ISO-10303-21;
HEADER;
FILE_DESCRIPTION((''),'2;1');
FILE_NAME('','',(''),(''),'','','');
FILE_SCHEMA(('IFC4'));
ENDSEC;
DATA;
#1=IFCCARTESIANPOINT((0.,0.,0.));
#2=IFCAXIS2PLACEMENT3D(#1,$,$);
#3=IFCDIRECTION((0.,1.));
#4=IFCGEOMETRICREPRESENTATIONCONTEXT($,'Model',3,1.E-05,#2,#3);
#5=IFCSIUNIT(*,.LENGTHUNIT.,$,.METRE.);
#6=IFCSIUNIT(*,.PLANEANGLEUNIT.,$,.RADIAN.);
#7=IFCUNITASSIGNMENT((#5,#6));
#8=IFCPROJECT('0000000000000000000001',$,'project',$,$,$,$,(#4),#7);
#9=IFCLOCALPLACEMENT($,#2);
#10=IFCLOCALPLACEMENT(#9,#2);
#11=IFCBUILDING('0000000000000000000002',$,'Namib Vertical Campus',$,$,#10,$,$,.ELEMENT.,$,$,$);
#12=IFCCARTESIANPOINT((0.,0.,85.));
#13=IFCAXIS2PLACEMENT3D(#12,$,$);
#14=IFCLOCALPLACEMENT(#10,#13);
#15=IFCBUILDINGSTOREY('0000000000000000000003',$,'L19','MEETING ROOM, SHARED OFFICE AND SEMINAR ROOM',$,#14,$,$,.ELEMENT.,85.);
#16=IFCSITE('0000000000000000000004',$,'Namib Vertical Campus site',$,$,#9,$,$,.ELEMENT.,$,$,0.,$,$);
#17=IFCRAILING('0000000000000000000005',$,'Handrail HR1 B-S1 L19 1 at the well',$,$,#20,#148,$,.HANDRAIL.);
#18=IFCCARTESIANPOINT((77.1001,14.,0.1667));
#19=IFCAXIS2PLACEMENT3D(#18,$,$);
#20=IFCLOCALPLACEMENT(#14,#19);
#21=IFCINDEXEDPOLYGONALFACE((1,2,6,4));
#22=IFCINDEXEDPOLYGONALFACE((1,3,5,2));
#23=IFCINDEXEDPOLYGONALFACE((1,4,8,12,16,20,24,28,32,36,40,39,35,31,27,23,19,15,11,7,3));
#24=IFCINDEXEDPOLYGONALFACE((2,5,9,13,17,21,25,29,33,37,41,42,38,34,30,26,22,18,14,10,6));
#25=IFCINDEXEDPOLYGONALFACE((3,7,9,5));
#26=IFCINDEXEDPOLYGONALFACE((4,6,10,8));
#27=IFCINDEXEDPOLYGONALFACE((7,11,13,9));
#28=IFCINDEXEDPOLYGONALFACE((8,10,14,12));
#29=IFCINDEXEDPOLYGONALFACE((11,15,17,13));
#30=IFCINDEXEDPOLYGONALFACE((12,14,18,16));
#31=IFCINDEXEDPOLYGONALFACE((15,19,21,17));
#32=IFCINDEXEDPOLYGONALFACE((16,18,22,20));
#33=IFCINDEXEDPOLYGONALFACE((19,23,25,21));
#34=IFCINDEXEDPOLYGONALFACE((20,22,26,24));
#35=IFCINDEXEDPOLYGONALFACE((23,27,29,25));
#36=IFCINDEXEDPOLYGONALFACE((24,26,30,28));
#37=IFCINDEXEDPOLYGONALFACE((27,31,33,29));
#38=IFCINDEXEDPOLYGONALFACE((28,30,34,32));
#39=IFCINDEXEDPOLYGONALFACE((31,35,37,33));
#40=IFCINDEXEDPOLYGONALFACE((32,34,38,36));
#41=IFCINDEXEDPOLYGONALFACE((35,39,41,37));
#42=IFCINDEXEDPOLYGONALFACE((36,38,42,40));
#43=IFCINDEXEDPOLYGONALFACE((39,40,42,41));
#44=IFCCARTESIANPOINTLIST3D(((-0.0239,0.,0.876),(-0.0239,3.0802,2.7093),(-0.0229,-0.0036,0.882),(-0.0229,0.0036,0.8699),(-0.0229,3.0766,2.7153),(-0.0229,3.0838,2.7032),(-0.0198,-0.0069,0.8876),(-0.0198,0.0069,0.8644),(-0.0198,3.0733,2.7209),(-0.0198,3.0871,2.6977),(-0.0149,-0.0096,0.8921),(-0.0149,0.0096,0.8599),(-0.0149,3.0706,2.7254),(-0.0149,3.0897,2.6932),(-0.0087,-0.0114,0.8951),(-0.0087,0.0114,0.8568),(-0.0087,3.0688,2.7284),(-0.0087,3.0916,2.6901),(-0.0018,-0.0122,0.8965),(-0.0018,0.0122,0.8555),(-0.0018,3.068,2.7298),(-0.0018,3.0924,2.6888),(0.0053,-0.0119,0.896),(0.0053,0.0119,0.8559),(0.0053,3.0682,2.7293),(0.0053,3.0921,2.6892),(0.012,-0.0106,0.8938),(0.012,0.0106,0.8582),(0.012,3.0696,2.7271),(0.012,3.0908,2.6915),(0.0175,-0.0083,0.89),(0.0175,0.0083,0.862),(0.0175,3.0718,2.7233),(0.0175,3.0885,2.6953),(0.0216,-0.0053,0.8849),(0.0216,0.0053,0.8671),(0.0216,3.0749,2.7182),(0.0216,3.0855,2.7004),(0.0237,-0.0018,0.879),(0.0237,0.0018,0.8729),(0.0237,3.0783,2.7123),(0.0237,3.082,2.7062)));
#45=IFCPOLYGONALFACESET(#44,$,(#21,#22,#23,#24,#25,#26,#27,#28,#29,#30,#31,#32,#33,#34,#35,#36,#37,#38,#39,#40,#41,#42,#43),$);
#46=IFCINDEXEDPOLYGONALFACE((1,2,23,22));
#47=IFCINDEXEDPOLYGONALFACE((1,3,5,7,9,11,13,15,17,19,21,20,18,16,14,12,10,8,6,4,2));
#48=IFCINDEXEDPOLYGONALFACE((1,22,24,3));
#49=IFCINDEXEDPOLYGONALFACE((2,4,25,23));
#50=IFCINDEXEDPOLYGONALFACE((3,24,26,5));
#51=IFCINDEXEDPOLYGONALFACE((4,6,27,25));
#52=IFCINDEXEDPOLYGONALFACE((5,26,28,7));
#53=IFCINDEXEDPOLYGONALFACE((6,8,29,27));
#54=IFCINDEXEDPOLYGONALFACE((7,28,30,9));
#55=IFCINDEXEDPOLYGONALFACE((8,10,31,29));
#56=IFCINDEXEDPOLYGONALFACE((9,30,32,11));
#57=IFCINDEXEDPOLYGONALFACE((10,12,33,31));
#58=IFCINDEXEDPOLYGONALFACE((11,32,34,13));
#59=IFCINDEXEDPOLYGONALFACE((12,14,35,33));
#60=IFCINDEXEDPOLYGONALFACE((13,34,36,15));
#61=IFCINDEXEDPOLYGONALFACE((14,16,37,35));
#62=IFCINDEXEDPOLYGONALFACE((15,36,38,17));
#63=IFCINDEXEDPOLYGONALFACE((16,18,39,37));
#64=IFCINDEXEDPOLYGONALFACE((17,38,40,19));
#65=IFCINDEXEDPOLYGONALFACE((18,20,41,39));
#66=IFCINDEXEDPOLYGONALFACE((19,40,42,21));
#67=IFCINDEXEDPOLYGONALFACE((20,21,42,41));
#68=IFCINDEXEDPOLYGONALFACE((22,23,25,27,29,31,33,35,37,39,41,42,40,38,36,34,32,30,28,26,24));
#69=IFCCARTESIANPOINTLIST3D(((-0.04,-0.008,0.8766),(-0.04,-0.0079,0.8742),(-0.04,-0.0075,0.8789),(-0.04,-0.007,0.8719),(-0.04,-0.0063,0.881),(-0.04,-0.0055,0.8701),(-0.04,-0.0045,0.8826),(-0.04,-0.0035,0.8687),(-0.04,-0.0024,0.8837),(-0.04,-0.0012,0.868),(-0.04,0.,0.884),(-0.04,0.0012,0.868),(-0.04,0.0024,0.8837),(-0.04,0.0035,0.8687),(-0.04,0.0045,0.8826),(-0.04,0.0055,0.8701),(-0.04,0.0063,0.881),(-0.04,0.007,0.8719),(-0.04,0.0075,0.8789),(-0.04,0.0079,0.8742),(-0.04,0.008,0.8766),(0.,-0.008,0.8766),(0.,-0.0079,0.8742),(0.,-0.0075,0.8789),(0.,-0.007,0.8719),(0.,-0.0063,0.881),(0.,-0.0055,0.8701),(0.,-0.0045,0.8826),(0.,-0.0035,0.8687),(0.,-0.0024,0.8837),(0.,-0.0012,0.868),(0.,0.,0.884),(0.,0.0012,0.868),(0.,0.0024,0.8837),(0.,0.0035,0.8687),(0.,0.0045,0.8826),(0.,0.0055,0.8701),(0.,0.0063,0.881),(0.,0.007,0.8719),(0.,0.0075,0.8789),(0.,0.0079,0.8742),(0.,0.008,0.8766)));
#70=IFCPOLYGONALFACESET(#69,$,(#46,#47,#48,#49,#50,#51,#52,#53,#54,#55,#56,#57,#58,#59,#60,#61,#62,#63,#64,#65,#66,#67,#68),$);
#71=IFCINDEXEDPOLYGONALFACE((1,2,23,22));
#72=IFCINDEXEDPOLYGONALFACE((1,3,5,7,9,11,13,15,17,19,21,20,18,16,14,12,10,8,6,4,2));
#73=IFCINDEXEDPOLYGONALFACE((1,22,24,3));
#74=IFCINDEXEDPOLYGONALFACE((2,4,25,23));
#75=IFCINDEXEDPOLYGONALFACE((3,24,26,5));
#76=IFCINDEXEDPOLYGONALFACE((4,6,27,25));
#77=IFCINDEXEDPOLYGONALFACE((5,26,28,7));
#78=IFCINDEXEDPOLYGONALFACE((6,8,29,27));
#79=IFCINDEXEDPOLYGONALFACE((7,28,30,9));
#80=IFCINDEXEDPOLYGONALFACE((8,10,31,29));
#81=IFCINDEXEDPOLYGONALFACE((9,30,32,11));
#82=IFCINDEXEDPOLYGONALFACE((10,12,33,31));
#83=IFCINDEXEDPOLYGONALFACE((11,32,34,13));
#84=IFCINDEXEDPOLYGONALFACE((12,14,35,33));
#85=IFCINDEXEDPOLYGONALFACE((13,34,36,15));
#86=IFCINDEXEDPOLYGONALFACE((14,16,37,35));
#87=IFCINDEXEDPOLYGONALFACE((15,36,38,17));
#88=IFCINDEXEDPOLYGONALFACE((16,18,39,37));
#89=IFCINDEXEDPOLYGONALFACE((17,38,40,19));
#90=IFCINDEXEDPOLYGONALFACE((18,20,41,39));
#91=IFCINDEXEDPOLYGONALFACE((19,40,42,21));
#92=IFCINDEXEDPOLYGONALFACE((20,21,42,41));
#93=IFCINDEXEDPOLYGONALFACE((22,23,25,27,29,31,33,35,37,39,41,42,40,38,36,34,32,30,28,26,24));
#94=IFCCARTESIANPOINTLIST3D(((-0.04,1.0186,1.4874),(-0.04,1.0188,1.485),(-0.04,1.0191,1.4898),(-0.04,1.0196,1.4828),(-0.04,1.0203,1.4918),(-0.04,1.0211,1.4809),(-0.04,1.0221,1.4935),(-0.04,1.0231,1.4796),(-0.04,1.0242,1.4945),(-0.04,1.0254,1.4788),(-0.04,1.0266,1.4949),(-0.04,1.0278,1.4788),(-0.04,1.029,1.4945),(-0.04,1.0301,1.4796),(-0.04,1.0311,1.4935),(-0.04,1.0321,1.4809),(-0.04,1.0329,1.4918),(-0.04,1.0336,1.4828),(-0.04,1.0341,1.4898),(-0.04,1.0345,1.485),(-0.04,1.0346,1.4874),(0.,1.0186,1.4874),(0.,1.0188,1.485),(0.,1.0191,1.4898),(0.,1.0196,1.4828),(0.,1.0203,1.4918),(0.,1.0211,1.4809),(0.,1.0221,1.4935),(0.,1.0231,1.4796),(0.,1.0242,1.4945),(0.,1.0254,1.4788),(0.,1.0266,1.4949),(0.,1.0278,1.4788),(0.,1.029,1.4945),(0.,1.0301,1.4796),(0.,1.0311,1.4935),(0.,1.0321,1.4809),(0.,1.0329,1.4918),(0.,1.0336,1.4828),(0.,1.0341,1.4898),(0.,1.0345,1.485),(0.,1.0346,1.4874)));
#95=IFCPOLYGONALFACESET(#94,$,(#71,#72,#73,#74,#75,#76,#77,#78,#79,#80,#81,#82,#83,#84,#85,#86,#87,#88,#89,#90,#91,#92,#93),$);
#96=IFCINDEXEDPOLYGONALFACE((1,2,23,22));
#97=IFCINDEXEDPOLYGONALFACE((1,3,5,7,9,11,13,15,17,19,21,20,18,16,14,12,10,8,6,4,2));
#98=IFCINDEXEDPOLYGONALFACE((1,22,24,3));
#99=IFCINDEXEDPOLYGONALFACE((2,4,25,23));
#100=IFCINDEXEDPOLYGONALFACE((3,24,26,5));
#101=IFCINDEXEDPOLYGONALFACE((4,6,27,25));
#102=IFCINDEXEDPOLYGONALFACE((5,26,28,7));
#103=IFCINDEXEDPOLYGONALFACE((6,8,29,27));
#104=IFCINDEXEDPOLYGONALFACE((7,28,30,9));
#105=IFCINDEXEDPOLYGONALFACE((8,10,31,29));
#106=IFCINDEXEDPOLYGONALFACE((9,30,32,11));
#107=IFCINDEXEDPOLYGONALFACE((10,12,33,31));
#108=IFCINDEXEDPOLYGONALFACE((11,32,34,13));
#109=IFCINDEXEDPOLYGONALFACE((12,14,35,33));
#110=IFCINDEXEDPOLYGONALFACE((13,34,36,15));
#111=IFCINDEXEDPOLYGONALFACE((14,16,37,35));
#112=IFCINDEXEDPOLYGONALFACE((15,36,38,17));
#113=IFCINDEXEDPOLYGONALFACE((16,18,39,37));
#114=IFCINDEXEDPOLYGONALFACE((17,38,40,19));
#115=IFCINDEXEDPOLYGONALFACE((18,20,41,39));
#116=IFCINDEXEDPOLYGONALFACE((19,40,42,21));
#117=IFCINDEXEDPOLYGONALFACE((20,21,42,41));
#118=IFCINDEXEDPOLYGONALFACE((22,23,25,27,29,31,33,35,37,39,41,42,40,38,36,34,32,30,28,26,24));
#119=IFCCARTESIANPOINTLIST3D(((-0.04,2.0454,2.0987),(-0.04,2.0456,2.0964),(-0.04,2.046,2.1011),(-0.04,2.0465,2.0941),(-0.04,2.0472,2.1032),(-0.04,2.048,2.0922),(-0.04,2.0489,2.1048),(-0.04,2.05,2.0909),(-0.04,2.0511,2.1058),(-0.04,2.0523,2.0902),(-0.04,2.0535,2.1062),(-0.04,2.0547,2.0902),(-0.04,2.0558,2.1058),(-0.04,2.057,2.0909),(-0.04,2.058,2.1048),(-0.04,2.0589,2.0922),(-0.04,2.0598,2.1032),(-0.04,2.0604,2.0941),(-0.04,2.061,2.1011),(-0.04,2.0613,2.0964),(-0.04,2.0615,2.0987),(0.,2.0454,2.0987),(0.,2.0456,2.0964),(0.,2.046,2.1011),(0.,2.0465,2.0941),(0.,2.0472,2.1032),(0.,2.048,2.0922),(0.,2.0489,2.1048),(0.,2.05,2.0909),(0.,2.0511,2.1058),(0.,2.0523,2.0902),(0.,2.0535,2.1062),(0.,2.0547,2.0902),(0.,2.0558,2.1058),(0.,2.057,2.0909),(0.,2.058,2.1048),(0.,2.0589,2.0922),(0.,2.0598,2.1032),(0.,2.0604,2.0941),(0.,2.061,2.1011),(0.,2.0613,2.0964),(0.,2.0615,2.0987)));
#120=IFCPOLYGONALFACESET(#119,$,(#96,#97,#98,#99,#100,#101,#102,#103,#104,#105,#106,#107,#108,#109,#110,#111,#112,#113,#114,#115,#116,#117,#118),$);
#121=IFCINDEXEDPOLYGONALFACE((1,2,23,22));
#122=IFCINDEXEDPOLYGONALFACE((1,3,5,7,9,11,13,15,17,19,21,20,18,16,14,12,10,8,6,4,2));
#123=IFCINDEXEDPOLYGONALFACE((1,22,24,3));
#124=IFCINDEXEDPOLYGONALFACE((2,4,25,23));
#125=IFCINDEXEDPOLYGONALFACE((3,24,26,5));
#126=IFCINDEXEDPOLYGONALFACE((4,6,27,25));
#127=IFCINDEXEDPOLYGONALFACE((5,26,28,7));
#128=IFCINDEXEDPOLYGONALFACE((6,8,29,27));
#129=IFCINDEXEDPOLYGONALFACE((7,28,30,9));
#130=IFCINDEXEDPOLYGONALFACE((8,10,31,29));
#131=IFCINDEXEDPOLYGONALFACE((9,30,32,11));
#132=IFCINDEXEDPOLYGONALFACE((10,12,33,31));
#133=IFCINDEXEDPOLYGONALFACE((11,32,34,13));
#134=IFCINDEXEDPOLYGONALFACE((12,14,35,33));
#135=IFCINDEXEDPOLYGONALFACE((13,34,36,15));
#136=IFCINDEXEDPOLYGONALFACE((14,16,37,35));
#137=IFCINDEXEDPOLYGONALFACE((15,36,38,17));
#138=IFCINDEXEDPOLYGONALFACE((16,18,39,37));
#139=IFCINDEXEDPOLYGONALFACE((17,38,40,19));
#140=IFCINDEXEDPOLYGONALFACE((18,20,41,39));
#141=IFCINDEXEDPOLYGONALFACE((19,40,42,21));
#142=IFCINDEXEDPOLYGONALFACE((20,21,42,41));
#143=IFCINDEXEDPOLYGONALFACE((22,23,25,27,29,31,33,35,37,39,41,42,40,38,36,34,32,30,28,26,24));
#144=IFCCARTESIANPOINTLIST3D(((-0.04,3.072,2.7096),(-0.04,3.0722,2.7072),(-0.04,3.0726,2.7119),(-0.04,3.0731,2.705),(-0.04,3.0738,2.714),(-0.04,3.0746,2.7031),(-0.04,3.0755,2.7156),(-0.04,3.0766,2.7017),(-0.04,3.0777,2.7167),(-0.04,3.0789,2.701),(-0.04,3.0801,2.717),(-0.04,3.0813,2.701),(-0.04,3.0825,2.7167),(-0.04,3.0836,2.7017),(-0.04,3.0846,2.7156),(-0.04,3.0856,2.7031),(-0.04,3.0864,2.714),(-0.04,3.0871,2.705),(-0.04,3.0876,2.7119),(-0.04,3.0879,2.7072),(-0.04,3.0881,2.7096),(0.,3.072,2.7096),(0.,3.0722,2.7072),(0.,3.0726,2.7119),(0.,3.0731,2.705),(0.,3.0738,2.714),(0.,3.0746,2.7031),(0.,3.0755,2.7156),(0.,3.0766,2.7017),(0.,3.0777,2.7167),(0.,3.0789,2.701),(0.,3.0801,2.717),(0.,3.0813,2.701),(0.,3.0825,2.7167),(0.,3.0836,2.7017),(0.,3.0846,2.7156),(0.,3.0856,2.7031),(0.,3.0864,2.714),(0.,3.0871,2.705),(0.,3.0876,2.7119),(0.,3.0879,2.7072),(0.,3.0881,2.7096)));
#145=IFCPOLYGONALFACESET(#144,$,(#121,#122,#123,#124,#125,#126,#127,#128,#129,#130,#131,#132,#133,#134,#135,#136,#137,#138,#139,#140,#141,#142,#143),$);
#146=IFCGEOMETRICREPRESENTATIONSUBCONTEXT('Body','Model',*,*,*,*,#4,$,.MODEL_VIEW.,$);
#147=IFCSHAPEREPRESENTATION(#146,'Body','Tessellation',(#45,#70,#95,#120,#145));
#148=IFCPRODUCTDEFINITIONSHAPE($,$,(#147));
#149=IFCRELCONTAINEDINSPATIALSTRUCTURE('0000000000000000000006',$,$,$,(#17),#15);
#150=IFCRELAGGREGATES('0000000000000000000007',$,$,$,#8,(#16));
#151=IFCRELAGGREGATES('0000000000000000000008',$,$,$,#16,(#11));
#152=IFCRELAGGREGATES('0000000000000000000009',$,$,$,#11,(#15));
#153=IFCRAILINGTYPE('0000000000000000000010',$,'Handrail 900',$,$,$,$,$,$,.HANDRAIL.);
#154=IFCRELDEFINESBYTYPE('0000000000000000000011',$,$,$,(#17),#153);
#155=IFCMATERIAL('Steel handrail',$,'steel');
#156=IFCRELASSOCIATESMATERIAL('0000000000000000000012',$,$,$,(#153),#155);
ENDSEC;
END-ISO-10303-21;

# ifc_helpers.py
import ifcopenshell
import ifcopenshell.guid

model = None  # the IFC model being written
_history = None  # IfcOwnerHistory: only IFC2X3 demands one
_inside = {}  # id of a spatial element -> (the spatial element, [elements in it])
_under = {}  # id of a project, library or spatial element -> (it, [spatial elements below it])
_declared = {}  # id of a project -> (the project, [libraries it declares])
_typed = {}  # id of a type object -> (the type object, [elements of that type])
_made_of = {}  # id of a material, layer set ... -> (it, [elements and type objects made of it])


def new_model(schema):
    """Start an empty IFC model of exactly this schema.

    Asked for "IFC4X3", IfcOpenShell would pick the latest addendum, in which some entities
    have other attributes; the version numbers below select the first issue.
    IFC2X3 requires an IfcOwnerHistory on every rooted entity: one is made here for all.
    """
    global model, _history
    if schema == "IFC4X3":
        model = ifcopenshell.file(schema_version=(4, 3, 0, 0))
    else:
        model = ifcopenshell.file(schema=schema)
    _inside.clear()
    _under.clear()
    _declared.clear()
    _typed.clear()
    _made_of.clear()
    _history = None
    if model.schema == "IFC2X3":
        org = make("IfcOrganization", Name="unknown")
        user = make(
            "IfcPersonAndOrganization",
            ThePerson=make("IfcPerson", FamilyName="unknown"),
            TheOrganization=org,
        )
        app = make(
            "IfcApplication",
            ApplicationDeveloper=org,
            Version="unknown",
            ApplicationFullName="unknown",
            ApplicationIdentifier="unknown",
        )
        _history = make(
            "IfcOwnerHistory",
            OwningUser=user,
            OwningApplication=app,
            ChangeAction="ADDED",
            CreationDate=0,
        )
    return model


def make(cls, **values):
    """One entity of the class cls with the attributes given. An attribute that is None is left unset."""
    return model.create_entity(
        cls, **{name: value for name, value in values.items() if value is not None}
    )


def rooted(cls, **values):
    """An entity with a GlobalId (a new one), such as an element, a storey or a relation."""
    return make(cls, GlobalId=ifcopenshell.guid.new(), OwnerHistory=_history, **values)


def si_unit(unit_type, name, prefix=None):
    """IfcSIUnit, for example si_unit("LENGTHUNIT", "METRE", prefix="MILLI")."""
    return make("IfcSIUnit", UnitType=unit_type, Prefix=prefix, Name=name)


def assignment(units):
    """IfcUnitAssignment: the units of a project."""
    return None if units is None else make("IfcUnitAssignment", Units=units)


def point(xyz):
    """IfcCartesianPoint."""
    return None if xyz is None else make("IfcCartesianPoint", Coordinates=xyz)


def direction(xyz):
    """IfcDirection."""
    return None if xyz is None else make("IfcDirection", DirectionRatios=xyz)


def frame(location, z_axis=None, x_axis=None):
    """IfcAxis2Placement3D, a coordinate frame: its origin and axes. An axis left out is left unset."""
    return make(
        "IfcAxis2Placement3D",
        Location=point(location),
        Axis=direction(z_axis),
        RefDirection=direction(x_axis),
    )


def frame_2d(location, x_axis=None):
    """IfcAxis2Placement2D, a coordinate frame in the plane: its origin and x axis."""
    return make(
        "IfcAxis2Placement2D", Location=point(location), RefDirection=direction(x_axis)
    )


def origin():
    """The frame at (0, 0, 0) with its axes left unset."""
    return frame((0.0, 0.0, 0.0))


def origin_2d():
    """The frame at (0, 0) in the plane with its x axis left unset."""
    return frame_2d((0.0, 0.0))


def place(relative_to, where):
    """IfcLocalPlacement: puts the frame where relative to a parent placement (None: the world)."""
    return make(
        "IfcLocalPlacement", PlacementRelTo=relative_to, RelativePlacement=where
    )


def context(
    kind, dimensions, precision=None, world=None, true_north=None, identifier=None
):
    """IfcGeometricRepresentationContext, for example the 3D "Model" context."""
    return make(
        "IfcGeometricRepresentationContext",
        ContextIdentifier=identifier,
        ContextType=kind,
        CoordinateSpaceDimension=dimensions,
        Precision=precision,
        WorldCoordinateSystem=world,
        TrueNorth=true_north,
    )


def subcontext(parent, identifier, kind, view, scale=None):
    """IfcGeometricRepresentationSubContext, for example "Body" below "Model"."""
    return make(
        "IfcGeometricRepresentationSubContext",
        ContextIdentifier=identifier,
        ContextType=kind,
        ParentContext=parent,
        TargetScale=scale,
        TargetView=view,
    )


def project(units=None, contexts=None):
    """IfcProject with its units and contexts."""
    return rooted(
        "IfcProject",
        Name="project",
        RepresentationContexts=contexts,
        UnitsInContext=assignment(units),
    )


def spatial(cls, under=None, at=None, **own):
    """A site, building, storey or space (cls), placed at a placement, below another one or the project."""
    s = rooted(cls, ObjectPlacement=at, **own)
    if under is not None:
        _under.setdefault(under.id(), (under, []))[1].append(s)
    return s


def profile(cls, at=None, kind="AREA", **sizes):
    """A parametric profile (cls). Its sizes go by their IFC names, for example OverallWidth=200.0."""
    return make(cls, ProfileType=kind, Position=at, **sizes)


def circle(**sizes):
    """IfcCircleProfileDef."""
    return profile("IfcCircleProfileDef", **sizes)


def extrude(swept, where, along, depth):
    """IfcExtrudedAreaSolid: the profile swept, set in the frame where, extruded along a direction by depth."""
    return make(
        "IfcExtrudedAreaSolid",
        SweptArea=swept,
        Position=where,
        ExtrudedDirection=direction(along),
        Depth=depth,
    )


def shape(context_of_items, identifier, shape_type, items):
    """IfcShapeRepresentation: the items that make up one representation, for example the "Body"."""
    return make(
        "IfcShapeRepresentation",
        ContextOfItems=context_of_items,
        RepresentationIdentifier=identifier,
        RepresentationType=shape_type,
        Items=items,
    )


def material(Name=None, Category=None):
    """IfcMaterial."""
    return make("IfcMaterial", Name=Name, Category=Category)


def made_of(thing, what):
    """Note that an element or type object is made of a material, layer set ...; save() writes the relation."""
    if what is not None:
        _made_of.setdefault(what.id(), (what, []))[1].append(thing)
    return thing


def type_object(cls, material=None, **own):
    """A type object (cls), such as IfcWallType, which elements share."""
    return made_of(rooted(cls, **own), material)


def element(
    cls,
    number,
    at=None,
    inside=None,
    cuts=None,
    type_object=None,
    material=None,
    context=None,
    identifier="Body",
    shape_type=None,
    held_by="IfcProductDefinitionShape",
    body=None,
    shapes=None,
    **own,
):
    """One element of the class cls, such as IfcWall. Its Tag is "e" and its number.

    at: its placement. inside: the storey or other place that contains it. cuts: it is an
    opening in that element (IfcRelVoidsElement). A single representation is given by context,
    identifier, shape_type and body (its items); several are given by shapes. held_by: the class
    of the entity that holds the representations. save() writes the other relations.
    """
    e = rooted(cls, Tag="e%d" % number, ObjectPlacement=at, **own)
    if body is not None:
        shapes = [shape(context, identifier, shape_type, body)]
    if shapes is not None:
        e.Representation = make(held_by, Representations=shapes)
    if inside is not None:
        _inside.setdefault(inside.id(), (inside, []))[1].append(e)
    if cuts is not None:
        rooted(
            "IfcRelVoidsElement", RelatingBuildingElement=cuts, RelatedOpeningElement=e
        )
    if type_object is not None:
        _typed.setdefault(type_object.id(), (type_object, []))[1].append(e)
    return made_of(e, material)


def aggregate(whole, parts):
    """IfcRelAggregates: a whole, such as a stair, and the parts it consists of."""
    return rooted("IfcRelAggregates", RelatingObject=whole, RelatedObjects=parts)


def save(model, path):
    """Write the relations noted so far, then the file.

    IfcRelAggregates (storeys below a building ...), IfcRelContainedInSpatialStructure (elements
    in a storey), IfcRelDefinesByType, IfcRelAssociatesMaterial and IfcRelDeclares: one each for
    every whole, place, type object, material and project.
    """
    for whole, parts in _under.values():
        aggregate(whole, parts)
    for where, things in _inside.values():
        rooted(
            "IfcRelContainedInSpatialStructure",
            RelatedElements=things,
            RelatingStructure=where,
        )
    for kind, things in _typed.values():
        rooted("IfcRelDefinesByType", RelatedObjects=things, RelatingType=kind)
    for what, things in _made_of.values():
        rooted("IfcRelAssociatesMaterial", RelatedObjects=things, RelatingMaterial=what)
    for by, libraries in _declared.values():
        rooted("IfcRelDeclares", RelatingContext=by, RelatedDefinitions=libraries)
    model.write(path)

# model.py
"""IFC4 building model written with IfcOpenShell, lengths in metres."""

from ifc_helpers import new_model, si_unit, direction, frame, origin, origin_2d, place, context, subcontext, project, spatial, circle, extrude, material, type_object, element, save


model = new_model("IFC4")

# Units and contexts
model_context = context("Model", 3, precision=1e-05, world=origin(), true_north=direction((0.0, 1.0)))
body_context = subcontext(model_context, "Body", "Model", "MODEL_VIEW")
ifc_project = project(units=[si_unit("LENGTHUNIT", "METRE"), si_unit("PLANEANGLEUNIT", "RADIAN")], contexts=[model_context])

# Site, building, storey
site_placement = place(None, origin())
site = spatial("IfcSite", under=ifc_project, at=site_placement, Name="Namib Vertical Campus site", CompositionType="ELEMENT", RefElevation=0.0)
building_placement = place(site_placement, origin())
building = spatial("IfcBuilding", under=site, at=building_placement, Name="Namib Vertical Campus", CompositionType="ELEMENT")
storey_placement = place(building_placement, frame((0.0, 0.0, 85.0)))
storey = spatial("IfcBuildingStorey", under=building, at=storey_placement, Name="L19", Description="MEETING ROOM, SHARED OFFICE AND SEMINAR ROOM", CompositionType="ELEMENT", Elevation=85.0)

# Railing
ifc_material_1 = material(Name="Steel handrail", Category="steel")
railing_type_1 = type_object("IfcRailingType", Name="Handrail 900", PredefinedType="HANDRAIL", material=ifc_material_1)
railing_1_placement = place(storey_placement, frame((77.1001, 14.0, 0.1667)))
element("IfcRailing", 1, at=railing_1_placement, inside=storey, type_object=railing_type_1, Name="Handrail HR1 B-S1 L19 1 at the well", PredefinedType="HANDRAIL", context=body_context, shape_type="SweptSolid", body=[
    extrude(circle(Radius=0.0239, at=origin_2d()), frame((0.0, 0.0, 0.876), z_axis=(0.0, 0.859309, 0.511458), x_axis=(-1.0, 0.0, 0.0)), (0.0, 0.0, 1.0), 3.5845),
    extrude(circle(Radius=0.0081, at=origin_2d()), frame((0.0, 0.0, 0.876), z_axis=(-1.0, 0.0, 0.0), x_axis=(0.0, 0.0, 1.0)), (0.0, 0.0, 1.0), 0.04),
    extrude(circle(Radius=0.0081, at=origin_2d()), frame((0.0, 1.0266, 1.4868), z_axis=(-1.0, 0.0, 0.0), x_axis=(0.0, 0.0, 1.0)), (0.0, 0.0, 1.0), 0.04),
    extrude(circle(Radius=0.0081, at=origin_2d()), frame((0.0, 2.0535, 2.0981), z_axis=(-1.0, 0.0, 0.0), x_axis=(0.0, 0.0, 1.0)), (0.0, 0.0, 1.0), 0.04),
    extrude(circle(Radius=0.0081, at=origin_2d()), frame((0.0, 3.0801, 2.709), z_axis=(-1.0, 0.0, 0.0), x_axis=(0.0, 0.0, 1.0)), (0.0, 0.0, 1.0), 0.04),
])

save(model, "model.ifc")
